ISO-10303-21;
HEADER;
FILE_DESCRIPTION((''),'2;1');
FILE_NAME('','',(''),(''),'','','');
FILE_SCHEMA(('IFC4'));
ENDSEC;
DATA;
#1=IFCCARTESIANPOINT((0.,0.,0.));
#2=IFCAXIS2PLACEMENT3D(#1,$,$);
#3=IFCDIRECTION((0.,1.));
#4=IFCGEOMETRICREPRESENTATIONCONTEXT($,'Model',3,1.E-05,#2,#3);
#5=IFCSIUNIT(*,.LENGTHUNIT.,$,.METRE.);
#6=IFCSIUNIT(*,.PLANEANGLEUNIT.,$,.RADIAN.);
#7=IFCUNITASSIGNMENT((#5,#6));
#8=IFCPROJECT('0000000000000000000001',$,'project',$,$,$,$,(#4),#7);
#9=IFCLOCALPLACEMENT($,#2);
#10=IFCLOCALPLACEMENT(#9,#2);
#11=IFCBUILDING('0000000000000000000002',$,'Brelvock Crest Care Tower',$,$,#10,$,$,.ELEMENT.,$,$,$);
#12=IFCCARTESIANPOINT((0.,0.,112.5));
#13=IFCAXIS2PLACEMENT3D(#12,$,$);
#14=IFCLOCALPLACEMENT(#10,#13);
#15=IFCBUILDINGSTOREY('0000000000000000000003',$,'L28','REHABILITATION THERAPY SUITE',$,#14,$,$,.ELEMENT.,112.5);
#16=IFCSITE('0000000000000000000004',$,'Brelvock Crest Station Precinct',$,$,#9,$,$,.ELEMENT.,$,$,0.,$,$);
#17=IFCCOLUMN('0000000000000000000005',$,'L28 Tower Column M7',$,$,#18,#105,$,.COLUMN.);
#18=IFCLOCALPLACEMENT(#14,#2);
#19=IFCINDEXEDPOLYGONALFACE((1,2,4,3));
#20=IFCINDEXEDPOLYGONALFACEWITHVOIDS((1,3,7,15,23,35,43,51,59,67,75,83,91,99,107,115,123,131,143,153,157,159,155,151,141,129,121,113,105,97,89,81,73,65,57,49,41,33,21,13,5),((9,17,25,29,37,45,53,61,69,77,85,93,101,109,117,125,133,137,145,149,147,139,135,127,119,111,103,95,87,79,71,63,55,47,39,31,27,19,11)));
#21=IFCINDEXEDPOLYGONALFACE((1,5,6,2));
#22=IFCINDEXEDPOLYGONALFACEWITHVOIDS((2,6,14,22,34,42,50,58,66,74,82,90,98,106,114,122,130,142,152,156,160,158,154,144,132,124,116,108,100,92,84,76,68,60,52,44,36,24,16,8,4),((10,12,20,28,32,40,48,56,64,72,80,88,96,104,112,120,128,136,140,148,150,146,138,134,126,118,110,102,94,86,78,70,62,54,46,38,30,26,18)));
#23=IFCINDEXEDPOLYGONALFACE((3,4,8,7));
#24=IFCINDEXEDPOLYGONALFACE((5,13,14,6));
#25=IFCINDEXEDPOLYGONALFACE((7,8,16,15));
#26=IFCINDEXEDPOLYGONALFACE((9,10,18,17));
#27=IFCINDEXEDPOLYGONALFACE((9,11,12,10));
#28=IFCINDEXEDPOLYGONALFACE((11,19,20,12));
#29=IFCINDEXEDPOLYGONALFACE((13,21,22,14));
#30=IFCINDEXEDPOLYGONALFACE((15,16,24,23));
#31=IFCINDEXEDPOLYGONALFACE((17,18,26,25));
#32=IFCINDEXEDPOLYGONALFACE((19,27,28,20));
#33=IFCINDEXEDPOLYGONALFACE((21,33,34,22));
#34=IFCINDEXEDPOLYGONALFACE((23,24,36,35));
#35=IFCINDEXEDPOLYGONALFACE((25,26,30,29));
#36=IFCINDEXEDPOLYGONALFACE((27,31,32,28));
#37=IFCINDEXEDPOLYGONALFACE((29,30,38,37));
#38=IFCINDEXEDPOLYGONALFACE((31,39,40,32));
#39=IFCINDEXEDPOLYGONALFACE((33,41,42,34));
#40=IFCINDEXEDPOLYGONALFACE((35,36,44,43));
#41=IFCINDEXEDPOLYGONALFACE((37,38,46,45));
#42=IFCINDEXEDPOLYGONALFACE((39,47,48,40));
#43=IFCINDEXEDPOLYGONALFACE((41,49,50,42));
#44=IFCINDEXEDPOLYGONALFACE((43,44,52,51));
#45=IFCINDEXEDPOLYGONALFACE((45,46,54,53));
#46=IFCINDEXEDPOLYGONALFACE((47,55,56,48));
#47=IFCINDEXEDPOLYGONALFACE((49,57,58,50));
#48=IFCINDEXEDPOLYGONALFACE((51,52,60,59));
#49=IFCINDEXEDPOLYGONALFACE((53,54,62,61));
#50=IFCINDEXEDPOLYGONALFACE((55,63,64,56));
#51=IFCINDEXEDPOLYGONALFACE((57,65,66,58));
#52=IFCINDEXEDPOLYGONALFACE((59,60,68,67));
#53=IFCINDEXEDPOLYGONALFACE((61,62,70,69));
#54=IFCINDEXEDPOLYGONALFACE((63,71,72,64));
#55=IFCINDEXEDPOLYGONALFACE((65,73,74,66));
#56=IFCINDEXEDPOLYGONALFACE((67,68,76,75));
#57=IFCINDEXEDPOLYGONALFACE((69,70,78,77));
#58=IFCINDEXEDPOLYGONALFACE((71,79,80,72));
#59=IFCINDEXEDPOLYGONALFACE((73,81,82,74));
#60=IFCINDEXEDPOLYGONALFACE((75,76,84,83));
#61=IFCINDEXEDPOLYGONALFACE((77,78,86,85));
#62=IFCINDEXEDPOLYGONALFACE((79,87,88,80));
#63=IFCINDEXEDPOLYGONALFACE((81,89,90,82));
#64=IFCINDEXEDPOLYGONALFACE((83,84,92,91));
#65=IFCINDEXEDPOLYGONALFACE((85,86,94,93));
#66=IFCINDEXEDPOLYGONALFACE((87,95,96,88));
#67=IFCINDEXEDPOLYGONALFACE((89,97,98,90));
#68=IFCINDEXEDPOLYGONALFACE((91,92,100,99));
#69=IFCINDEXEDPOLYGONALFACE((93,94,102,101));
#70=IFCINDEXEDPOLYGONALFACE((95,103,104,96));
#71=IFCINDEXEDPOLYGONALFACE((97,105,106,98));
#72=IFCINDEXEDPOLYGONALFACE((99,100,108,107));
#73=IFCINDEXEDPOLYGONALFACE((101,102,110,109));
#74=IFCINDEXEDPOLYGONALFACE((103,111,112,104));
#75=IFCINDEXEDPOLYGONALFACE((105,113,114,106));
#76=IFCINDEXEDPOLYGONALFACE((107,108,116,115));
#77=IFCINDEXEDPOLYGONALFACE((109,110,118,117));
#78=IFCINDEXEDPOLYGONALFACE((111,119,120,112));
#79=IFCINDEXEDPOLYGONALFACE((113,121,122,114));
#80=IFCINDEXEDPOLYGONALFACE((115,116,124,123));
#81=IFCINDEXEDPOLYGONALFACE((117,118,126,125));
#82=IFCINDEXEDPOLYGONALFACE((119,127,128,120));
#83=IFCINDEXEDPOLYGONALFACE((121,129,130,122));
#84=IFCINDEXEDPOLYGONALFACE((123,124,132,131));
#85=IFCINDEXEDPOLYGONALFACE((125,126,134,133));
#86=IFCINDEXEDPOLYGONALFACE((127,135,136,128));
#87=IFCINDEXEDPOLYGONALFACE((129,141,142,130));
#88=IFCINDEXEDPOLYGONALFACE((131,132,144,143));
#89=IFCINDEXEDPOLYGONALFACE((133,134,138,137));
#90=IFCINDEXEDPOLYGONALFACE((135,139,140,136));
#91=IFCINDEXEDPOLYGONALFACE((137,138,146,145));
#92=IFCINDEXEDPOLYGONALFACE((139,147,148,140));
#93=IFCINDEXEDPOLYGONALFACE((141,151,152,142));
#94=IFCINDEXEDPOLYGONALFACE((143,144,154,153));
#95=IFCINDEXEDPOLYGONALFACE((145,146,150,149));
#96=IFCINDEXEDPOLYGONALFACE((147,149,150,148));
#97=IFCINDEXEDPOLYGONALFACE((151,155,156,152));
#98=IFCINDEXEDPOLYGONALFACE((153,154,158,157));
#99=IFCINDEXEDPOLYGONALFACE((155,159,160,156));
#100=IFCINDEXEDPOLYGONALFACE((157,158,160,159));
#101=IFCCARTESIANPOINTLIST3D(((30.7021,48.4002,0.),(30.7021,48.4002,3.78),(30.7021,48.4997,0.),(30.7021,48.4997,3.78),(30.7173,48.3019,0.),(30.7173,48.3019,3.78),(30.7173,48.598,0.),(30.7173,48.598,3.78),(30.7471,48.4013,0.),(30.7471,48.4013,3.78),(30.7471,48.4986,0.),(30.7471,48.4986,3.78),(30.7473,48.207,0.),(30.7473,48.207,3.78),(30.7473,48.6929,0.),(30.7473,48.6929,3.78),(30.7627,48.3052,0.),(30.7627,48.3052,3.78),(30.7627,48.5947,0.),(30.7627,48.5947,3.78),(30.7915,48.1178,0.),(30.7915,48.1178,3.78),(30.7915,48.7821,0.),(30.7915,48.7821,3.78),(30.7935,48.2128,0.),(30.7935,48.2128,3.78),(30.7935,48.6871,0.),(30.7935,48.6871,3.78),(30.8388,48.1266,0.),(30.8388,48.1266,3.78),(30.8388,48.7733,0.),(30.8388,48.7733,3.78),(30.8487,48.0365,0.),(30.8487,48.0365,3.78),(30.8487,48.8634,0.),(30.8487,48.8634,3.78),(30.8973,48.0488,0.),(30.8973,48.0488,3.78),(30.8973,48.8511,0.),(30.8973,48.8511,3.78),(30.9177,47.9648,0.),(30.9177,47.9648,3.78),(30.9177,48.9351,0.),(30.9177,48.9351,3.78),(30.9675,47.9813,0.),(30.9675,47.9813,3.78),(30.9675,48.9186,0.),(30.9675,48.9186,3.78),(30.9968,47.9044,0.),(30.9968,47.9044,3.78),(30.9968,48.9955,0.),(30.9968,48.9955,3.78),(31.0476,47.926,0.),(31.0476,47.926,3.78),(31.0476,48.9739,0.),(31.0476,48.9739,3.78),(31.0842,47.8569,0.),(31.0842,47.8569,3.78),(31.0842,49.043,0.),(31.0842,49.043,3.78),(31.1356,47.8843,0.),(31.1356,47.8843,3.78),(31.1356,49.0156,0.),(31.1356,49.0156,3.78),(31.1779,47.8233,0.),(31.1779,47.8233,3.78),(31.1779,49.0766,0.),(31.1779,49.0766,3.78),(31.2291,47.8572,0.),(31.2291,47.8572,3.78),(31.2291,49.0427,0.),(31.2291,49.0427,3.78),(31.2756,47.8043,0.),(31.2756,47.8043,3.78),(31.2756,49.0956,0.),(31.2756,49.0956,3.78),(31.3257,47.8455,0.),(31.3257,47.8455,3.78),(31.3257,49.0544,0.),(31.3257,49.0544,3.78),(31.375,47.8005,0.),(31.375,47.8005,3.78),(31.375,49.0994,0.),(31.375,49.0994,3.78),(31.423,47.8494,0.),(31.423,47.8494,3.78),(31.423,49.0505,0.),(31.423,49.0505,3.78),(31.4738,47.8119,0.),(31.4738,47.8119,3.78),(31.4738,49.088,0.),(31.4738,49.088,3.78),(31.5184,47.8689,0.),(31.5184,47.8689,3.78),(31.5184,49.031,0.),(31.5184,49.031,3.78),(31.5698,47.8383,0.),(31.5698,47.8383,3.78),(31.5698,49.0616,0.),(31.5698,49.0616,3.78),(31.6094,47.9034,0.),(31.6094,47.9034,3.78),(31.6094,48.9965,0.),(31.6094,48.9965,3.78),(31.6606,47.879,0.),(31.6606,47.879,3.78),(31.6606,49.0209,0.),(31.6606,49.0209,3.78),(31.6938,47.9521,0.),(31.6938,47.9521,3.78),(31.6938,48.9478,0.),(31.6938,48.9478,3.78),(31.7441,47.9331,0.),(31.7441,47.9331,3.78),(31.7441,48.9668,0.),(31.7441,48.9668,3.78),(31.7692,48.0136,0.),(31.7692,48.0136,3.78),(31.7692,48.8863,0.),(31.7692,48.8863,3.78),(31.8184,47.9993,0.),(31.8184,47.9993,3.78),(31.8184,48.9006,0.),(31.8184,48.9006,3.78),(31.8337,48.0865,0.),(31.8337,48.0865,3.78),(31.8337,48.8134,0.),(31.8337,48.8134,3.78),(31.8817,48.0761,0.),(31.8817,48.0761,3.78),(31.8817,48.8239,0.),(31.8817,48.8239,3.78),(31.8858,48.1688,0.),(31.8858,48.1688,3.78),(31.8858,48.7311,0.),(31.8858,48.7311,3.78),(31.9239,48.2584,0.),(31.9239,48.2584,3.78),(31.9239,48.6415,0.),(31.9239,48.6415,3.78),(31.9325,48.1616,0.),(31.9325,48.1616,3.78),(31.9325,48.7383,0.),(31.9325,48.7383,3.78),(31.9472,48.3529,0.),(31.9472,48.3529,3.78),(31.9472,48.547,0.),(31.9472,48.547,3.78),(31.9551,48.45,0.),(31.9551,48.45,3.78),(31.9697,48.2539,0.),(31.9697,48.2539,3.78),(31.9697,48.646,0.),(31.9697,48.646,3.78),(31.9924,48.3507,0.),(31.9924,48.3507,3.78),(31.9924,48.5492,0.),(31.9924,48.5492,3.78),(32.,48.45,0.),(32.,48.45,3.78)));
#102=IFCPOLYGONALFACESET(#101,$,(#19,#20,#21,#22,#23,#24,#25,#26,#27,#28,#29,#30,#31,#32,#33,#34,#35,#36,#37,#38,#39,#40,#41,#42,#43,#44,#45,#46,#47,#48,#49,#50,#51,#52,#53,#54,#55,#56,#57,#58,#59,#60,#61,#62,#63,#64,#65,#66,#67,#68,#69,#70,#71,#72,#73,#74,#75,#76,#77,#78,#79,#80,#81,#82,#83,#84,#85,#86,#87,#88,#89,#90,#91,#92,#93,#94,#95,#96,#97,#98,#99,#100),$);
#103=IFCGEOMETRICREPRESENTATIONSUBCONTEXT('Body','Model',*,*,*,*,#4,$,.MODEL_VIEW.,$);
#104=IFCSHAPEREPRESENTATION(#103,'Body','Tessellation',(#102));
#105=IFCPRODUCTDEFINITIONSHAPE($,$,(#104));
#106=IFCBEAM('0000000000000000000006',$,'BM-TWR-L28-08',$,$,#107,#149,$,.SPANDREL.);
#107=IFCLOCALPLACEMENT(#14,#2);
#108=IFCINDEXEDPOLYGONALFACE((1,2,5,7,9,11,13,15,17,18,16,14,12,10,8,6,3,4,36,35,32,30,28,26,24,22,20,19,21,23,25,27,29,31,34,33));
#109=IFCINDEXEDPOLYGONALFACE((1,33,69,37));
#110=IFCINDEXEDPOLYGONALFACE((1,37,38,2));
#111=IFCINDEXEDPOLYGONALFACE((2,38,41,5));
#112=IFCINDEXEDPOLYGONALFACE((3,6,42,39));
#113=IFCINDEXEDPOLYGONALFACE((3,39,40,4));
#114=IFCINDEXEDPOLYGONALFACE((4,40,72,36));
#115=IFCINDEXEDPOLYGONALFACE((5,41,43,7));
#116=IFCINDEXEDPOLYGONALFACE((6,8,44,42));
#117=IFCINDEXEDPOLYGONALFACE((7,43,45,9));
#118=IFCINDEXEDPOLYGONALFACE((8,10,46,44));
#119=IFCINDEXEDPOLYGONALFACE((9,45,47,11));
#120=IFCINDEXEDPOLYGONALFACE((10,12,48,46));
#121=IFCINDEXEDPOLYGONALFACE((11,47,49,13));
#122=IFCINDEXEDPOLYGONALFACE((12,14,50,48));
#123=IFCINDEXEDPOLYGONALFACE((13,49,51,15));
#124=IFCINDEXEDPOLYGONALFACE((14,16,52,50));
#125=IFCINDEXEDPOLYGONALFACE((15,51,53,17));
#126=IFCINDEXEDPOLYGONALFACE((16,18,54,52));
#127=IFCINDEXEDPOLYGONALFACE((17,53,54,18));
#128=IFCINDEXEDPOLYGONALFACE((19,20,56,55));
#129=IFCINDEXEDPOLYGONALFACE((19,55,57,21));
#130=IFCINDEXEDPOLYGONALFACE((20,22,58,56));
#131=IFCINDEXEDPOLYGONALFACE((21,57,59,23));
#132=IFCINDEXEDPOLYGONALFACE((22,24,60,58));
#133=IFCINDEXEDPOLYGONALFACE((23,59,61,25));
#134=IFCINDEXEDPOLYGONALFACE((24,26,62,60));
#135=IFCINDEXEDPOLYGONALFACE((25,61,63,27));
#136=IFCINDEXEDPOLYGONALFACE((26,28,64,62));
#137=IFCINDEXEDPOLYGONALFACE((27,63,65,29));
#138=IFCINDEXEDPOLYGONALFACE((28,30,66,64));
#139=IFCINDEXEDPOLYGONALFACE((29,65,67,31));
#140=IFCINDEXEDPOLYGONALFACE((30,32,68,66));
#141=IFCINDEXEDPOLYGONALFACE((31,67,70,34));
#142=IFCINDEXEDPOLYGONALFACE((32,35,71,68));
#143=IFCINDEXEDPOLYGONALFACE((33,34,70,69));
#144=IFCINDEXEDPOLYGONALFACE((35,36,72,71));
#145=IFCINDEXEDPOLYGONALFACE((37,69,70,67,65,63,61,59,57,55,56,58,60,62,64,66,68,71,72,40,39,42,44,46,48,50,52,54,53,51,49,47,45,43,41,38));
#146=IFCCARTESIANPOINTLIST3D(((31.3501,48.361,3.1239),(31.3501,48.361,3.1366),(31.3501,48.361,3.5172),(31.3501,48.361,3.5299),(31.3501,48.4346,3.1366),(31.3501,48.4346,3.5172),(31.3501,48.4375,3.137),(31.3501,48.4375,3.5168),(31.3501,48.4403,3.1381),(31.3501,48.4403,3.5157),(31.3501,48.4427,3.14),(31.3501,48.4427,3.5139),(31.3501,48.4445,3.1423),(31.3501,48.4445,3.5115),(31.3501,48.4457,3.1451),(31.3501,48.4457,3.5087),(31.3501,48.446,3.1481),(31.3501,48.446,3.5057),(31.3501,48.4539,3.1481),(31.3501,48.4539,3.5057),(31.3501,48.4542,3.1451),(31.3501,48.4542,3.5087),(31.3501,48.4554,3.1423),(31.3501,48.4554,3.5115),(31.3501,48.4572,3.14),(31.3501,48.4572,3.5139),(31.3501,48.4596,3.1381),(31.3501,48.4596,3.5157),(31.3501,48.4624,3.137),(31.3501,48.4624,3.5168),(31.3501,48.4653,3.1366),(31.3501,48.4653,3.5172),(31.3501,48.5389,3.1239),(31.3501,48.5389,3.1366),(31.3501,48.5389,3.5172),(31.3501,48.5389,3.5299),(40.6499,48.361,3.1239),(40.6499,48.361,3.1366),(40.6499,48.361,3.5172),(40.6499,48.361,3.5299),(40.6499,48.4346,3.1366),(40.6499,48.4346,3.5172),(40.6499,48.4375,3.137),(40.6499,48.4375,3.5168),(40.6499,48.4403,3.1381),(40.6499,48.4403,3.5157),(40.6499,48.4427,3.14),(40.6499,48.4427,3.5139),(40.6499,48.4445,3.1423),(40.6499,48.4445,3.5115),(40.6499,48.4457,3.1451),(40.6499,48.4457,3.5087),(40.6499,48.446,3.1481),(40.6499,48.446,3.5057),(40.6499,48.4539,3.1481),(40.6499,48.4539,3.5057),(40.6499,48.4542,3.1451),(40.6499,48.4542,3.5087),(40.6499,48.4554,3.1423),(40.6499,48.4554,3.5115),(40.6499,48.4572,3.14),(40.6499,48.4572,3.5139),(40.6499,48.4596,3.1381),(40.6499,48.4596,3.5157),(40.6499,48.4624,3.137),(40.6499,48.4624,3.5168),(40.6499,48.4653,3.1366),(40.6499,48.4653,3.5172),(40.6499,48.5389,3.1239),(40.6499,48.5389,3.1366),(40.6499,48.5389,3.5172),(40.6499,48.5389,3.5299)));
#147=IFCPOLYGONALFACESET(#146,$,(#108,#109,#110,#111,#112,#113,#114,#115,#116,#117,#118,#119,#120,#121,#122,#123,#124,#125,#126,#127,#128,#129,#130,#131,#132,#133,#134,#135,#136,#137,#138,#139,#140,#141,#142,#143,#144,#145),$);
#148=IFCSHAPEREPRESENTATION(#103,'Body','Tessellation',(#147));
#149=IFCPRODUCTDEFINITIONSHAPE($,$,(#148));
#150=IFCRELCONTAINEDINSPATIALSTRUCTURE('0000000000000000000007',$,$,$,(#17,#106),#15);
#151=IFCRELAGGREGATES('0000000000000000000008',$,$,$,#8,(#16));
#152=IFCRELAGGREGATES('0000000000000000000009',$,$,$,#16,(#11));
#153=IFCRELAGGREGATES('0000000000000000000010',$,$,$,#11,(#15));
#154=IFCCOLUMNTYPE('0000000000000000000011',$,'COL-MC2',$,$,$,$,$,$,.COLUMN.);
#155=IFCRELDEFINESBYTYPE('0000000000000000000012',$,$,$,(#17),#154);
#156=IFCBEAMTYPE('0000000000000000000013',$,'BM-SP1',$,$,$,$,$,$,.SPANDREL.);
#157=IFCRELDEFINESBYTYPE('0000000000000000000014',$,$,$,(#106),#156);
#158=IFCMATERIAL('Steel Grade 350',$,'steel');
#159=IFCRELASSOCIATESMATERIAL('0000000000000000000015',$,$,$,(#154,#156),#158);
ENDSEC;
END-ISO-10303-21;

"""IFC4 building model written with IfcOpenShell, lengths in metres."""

from ifc_helpers import new_model, si_unit, direction, frame, origin, origin_2d, place, context, subcontext, project, spatial, hollow_circle, i_section, extrude, source, transform, mapped, material, material_profile, profile_set, type_object, element, save


model = new_model("IFC4")

# Units and contexts
model_context = context("Model", 3, precision=1e-05, world=origin(), true_north=direction((0.0, 1.0)))
body_context = subcontext(model_context, "Body", "Model", "MODEL_VIEW")
ifc_project = project(units=[si_unit("LENGTHUNIT", "METRE"), si_unit("PLANEANGLEUNIT", "RADIAN")], contexts=[model_context])

# Site, building, storey
site_placement = place(None, origin())
site = spatial("IfcSite", under=ifc_project, at=site_placement, Name="Brelvock Crest Station Precinct", CompositionType="ELEMENT", RefElevation=0.0)
building_placement = place(site_placement, origin())
building = spatial("IfcBuilding", under=site, at=building_placement, Name="Brelvock Crest Care Tower", CompositionType="ELEMENT")
storey_placement = place(building_placement, frame((0.0, 0.0, 112.5)))
storey = spatial("IfcBuildingStorey", under=building, at=storey_placement, Name="L28", Description="REHABILITATION THERAPY SUITE", CompositionType="ELEMENT", Elevation=112.5)

# Column
ifc_material_1 = material(Name="Steel Grade 350", Category="steel")
ifc_material_profile_1 = material_profile(ifc_material_1, hollow_circle(Radius=0.6499, WallThickness=0.0449, at=origin_2d()), Name="CFT1300x45")
ifc_profile_set_1 = profile_set([ifc_material_profile_1], Name="Steel Grade 350")
column_type = type_object("IfcColumnType", Name="COL-MC2", PredefinedType="COLUMN", material=ifc_profile_set_1)
shared_shape_1 = source(origin(), body_context, "Body", "SweptSolid", [
    extrude(hollow_circle(Radius=0.6499, WallThickness=0.0449, at=origin_2d()), origin(), (0.0, 0.0, 1.0), 3.78),
])
column_placement = place(storey_placement, frame((31.3501, 48.45, 0.0), z_axis=(0.0, 0.0, 1.0), x_axis=(1.0, 0.0, 0.0)))
element("IfcColumn", 1, at=column_placement, inside=storey, type_object=column_type, Name="L28 Tower Column M7", PredefinedType="COLUMN", context=body_context, shape_type="MappedRepresentation", body=[
    mapped(shared_shape_1, transform((0.0, 0.0, 0.0), x_axis=(1.0, 0.0, 0.0), y_axis=(0.0, 1.0, 0.0), z_axis=(0.0, 0.0, 1.0), scale=1.0)),
])

# Beam
ifc_material_profile_2 = material_profile(ifc_material_1, i_section(OverallWidth=0.178, OverallDepth=0.406, WebThickness=0.0078, FlangeThickness=0.0127, FilletRadius=0.0115, at=origin_2d()), Name="410UB59.7")
ifc_profile_set_2 = profile_set([ifc_material_profile_2], Name="Steel Grade 350")
beam_type_1 = type_object("IfcBeamType", Name="BM-SP1", PredefinedType="SPANDREL", material=ifc_profile_set_2)
shared_shape_2 = source(origin(), body_context, "Body", "SweptSolid", [
    extrude(i_section(OverallWidth=0.178, OverallDepth=0.406, WebThickness=0.0078, FlangeThickness=0.0127, FilletRadius=0.0115, at=origin_2d()), origin(), (0.0, 0.0, 1.0), 9.2998),
])
beam_placement = place(storey_placement, frame((31.3501, 48.45, 3.3269), z_axis=(1.0, 0.0, 0.0), x_axis=(0.0, 1.0, 0.0)))
element("IfcBeam", 2, at=beam_placement, inside=storey, type_object=beam_type_1, Name="BM-TWR-L28-08", PredefinedType="SPANDREL", context=body_context, shape_type="MappedRepresentation", body=[
    mapped(shared_shape_2, transform((0.0, 0.0, 0.0), x_axis=(1.0, 0.0, 0.0), y_axis=(0.0, 1.0, 0.0), z_axis=(0.0, 0.0, 1.0), scale=1.0)),
])

save(model, "model.ifc")
